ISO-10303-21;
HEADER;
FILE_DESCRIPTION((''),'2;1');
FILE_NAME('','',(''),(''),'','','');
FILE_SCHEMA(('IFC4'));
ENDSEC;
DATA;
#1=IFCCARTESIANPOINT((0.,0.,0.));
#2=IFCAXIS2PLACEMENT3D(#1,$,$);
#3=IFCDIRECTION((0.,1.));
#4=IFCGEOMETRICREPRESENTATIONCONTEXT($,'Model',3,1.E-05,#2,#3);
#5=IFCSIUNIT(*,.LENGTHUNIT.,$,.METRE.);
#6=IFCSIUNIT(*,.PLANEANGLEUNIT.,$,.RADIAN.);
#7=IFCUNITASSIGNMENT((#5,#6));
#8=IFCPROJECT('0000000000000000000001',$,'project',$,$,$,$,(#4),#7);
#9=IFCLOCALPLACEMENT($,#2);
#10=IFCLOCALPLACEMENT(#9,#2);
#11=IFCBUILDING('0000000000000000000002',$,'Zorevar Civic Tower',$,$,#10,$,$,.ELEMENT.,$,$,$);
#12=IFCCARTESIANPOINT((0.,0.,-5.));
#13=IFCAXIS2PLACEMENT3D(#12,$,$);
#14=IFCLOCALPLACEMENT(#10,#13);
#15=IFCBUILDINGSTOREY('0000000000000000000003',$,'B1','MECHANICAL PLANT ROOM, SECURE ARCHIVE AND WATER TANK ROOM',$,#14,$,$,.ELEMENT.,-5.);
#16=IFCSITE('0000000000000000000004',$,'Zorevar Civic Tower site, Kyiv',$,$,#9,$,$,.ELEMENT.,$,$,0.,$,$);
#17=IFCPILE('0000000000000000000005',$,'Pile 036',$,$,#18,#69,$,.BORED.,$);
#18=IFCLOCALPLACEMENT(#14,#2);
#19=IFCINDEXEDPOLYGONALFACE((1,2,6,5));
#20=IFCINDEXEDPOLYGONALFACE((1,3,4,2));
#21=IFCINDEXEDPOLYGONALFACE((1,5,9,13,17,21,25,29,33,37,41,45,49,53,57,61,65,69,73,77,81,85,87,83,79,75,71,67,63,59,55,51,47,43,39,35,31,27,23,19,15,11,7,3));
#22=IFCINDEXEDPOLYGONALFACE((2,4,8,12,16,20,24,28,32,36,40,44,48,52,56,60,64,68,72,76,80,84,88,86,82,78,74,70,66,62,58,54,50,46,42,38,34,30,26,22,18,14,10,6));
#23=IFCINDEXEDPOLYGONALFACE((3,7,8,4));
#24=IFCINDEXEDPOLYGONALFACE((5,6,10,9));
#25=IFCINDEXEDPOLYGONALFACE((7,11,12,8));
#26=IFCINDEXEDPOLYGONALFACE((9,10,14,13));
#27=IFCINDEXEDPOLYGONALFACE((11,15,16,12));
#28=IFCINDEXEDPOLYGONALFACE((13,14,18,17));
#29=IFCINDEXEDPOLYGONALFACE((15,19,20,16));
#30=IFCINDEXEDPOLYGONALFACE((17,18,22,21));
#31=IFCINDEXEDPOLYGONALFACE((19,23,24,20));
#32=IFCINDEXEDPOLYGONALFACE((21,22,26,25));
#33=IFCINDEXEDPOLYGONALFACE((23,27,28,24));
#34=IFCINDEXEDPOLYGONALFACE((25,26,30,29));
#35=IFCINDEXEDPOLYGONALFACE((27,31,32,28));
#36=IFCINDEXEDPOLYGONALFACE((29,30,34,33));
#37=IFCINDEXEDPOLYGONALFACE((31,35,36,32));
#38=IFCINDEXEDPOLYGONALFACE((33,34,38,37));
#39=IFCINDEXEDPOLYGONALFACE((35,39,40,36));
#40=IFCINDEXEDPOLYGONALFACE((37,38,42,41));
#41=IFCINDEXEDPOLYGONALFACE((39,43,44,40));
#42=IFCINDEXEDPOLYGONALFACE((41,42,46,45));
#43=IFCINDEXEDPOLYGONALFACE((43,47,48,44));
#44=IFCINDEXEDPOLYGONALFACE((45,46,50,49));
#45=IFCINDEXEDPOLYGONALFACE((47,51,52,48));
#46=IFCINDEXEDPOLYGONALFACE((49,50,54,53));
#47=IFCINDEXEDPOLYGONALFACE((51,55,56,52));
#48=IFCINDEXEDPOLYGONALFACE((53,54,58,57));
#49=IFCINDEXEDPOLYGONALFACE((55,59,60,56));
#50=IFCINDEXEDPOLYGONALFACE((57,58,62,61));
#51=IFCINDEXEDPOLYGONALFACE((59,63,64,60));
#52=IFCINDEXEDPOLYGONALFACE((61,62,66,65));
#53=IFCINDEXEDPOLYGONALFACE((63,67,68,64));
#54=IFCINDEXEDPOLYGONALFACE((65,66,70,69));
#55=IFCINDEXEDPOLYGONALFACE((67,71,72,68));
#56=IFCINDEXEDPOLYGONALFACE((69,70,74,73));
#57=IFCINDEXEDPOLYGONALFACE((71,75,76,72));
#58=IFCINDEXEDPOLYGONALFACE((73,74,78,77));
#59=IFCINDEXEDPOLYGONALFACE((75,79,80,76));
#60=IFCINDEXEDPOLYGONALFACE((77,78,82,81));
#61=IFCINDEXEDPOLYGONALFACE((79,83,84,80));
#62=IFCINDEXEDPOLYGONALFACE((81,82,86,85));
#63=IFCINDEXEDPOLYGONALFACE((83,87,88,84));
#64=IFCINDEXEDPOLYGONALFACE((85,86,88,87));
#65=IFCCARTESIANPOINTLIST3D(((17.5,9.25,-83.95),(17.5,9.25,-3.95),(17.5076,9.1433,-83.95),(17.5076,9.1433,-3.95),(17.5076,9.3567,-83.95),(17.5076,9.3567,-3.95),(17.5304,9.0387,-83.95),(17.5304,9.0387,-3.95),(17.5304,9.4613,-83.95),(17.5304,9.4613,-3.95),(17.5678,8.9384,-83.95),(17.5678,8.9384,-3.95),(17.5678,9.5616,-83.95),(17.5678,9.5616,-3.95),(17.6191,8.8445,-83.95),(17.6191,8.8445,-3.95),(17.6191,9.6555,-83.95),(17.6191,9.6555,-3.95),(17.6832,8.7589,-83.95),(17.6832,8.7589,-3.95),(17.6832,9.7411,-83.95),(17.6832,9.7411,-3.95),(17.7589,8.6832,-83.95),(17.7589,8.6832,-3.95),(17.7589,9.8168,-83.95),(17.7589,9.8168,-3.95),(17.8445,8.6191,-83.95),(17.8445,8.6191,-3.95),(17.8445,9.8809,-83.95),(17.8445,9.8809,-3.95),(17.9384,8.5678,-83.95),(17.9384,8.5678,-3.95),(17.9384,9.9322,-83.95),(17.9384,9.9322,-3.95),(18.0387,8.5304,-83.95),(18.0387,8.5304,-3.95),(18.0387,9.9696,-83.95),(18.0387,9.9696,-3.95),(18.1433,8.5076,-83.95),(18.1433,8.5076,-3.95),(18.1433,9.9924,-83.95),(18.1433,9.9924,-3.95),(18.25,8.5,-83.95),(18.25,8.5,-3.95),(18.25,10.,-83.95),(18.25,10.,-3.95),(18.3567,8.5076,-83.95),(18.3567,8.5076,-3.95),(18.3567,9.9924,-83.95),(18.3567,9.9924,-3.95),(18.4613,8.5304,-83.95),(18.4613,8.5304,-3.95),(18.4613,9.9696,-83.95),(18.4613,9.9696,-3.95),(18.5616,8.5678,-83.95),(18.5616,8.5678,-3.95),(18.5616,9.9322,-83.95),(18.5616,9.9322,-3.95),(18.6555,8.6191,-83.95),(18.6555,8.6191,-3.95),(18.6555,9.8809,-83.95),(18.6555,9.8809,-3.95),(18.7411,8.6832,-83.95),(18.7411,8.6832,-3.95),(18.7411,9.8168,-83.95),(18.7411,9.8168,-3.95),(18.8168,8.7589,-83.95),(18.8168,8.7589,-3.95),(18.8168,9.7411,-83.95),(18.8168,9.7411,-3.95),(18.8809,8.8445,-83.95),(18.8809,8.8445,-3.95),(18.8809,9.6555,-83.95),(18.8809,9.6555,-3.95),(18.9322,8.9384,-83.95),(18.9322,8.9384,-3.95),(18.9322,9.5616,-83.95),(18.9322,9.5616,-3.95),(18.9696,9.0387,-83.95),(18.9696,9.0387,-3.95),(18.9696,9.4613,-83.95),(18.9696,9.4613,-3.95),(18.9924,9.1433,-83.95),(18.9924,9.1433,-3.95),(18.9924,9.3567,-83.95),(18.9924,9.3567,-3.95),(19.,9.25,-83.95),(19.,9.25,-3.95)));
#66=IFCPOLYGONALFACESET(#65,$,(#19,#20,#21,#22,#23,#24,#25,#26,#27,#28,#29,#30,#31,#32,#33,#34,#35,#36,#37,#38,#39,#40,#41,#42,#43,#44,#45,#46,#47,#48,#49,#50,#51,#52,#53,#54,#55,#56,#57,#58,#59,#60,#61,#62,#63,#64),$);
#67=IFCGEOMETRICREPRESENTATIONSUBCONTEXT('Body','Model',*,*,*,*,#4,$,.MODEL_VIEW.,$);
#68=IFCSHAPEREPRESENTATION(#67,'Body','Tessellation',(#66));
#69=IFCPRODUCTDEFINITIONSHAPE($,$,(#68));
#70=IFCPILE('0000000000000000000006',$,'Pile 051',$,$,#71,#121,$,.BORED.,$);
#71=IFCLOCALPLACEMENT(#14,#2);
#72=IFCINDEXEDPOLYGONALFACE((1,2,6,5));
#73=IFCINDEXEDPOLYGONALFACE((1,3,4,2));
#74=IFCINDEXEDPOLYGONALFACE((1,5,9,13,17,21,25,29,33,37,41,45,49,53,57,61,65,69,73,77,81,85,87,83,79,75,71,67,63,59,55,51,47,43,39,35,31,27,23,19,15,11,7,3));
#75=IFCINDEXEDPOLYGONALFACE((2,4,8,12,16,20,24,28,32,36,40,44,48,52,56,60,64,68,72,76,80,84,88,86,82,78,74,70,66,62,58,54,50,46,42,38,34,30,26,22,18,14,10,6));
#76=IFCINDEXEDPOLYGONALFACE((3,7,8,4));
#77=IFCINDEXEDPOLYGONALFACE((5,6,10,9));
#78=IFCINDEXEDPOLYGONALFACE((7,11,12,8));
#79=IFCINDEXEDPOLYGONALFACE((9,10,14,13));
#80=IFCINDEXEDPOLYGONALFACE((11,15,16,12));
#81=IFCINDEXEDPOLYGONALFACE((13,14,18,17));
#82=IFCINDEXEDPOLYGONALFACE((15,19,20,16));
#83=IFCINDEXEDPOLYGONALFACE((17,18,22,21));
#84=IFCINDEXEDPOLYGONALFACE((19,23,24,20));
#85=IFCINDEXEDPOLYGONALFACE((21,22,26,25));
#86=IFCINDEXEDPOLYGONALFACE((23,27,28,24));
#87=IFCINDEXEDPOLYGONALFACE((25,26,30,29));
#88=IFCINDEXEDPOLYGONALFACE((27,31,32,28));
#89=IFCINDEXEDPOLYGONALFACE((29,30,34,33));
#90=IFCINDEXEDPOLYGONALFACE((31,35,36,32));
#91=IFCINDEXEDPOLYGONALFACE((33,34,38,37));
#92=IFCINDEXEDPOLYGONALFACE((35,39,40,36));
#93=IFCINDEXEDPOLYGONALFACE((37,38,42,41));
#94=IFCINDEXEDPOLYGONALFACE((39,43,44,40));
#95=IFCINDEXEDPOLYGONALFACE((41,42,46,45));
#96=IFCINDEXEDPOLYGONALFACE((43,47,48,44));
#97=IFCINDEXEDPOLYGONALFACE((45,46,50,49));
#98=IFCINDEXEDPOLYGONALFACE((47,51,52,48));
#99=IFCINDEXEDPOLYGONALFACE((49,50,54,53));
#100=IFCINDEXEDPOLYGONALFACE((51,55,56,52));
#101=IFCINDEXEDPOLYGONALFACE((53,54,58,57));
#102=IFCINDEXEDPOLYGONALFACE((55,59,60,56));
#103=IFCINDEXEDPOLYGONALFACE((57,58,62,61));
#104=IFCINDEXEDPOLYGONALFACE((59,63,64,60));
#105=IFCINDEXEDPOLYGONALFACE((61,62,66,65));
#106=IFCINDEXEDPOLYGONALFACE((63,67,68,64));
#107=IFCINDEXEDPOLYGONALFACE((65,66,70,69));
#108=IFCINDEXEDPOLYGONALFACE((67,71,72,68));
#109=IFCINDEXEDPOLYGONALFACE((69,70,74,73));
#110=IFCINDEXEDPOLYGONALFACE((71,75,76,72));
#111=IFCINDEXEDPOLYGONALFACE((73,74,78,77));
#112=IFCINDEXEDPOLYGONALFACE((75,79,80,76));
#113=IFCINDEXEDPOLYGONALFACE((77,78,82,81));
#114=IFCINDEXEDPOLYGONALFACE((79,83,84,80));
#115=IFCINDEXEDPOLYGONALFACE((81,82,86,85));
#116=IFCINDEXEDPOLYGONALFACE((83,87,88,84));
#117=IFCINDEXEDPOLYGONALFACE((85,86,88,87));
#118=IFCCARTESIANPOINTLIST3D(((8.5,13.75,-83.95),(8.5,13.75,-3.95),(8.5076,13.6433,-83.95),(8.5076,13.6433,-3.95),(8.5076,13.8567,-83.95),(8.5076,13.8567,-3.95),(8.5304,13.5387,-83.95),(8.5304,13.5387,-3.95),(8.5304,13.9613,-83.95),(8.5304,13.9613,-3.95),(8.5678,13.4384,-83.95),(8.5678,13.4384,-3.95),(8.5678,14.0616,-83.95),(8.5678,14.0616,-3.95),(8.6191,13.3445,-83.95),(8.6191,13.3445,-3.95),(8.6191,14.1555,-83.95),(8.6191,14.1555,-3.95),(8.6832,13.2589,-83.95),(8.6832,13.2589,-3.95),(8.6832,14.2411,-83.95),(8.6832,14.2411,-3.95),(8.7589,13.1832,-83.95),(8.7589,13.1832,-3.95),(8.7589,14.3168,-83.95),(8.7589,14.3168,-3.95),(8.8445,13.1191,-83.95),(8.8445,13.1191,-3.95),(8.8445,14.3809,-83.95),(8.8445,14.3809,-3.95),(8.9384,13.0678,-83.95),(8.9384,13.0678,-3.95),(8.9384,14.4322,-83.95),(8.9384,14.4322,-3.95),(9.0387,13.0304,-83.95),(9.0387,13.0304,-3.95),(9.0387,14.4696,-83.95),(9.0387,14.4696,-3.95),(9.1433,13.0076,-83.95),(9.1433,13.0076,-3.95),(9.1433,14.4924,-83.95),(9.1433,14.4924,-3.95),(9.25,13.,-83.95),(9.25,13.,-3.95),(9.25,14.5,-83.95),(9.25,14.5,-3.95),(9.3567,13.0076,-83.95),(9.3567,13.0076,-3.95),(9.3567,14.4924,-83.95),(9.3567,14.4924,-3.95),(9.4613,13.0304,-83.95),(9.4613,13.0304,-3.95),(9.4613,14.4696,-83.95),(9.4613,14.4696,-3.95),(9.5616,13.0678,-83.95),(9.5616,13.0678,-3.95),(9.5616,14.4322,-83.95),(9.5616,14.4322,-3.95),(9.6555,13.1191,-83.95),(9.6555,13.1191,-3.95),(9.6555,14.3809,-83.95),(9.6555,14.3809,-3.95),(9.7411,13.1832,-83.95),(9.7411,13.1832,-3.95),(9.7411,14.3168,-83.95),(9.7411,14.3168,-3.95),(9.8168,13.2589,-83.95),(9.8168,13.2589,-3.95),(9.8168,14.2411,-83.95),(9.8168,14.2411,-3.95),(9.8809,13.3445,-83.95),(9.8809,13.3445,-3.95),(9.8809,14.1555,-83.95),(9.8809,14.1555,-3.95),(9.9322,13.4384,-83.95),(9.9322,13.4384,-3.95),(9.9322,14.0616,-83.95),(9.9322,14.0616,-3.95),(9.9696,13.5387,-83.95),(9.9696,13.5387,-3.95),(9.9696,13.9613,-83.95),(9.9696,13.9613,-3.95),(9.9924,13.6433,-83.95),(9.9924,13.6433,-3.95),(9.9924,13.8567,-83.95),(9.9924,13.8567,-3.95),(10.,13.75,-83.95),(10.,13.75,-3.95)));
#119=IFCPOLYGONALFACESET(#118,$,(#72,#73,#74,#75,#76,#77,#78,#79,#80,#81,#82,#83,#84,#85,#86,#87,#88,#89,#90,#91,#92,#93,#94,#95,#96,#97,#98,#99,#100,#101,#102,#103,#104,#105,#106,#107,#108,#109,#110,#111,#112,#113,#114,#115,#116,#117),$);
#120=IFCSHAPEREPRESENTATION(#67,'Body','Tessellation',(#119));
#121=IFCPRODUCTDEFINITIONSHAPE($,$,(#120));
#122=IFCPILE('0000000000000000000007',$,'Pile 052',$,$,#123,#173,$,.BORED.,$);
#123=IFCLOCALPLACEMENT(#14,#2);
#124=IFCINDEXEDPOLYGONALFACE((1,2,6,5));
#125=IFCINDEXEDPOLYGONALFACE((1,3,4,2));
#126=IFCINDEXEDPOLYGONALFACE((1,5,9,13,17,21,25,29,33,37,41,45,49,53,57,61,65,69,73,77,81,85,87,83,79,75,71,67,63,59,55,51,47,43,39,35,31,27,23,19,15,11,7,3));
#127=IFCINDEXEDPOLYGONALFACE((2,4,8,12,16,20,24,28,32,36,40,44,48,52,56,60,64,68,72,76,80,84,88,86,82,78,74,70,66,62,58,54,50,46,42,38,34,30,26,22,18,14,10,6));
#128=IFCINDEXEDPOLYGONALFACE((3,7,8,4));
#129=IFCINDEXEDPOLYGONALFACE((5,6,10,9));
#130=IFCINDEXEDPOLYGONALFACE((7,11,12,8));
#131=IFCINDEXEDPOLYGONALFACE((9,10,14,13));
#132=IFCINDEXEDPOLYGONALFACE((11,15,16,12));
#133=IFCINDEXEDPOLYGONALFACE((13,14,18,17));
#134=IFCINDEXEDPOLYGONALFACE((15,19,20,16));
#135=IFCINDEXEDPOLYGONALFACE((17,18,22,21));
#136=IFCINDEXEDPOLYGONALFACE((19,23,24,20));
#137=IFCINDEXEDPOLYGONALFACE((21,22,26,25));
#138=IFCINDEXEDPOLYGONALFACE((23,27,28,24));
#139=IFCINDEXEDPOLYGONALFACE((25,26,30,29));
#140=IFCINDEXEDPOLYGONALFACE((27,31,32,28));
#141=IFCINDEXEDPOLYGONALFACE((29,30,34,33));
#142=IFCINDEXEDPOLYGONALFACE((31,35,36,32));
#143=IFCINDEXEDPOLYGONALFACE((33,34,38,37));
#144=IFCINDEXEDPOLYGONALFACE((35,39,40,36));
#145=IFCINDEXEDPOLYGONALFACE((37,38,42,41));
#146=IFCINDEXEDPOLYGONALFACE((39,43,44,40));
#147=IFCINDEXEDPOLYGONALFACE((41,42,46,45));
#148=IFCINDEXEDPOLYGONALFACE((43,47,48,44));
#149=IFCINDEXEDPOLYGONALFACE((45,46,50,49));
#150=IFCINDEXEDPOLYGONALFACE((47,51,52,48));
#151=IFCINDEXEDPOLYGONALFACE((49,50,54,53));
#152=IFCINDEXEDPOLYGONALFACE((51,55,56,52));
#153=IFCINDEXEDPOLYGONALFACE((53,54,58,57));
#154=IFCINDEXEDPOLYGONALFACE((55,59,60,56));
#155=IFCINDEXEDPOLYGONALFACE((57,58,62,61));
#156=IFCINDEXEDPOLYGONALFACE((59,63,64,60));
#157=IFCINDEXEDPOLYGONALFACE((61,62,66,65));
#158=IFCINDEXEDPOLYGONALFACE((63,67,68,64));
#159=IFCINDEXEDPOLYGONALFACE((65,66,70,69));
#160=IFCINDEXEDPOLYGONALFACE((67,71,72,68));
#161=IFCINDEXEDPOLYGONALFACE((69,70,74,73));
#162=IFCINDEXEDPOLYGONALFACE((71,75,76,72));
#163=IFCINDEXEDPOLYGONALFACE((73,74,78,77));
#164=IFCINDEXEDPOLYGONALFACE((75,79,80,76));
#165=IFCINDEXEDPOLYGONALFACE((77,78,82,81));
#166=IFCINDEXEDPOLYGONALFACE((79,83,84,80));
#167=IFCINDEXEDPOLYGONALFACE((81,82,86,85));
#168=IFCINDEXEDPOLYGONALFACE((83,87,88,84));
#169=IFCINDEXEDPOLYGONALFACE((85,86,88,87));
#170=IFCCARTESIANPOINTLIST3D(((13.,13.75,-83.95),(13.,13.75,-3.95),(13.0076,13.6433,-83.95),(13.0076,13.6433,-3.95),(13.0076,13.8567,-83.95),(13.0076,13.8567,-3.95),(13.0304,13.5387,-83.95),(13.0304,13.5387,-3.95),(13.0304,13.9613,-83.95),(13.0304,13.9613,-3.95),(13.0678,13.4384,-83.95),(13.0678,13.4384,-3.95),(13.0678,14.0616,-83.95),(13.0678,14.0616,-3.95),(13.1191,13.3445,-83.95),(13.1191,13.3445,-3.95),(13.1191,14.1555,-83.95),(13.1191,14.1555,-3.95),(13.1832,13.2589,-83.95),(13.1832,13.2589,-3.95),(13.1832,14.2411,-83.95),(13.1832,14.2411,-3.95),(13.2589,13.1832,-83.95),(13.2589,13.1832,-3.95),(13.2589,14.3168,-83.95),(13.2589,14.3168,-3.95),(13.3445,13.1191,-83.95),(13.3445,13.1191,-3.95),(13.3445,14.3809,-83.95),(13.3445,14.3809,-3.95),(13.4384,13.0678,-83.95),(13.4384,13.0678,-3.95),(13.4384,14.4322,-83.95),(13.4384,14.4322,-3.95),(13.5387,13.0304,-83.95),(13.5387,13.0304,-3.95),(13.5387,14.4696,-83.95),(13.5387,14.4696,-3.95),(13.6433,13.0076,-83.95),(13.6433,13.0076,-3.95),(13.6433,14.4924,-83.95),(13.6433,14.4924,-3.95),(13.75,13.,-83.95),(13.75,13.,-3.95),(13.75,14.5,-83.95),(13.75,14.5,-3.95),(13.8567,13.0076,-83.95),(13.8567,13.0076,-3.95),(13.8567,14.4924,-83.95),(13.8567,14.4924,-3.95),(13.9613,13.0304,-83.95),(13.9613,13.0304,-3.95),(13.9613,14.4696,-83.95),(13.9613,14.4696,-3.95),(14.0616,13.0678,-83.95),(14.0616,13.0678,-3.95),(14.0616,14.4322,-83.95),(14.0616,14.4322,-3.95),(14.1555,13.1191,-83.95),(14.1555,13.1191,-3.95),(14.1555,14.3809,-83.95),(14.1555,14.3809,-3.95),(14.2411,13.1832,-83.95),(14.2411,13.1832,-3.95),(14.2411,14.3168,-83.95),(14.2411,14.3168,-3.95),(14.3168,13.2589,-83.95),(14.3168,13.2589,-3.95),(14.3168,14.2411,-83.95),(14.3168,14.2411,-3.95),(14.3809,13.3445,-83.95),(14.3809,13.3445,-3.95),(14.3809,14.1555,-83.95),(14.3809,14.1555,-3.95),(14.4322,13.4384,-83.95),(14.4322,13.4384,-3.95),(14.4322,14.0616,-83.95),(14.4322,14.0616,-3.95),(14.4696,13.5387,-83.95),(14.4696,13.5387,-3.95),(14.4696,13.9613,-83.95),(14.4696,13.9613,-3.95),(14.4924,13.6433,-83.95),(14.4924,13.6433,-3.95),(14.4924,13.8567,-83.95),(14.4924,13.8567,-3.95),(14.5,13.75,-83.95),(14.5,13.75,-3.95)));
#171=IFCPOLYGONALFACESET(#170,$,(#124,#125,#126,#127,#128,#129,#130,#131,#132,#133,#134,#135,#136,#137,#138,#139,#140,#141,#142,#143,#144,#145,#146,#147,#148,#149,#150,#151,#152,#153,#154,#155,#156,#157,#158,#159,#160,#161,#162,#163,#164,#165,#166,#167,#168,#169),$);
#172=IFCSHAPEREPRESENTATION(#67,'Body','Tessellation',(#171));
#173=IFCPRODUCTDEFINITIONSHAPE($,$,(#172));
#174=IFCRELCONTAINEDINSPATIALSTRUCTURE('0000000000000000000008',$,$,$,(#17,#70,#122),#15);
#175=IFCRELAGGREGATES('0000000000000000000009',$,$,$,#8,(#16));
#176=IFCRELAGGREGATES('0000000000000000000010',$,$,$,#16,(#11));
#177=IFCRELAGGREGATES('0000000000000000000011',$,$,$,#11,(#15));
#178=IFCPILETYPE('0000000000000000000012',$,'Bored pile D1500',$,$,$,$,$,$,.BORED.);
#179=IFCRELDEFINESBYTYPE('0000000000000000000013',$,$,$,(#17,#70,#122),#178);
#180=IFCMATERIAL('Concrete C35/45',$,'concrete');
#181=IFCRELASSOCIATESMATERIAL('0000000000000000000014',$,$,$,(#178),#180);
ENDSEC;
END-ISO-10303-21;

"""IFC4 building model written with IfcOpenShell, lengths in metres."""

from ifc_helpers import new_model, si_unit, direction, frame, origin, origin_2d, place, context, subcontext, project, spatial, circle, extrude, material, type_object, element, save


model = new_model("IFC4")

# Units and contexts
model_context = context("Model", 3, precision=1e-05, world=origin(), true_north=direction((0.0, 1.0)))
body_context = subcontext(model_context, "Body", "Model", "MODEL_VIEW")
ifc_project = project(units=[si_unit("LENGTHUNIT", "METRE"), si_unit("PLANEANGLEUNIT", "RADIAN")], contexts=[model_context])

# Site, building, storey
site_placement = place(None, origin())
site = spatial("IfcSite", under=ifc_project, at=site_placement, Name="Zorevar Civic Tower site, Kyiv", CompositionType="ELEMENT", RefElevation=0.0)
building_placement = place(site_placement, origin())
building = spatial("IfcBuilding", under=site, at=building_placement, Name="Zorevar Civic Tower", CompositionType="ELEMENT")
storey_placement = place(building_placement, frame((0.0, 0.0, -5.0)))
storey = spatial("IfcBuildingStorey", under=building, at=storey_placement, Name="B1", Description="MECHANICAL PLANT ROOM, SECURE ARCHIVE AND WATER TANK ROOM", CompositionType="ELEMENT", Elevation=-5.0)

# Piles
ifc_material_1 = material(Name="Concrete C35/45", Category="concrete")
pile_type = type_object("IfcPileType", Name="Bored pile D1500", PredefinedType="BORED", material=ifc_material_1)
for number, where, z_axis, x_axis, name in (
    (1, (18.25, 9.25, -3.95), (0.0, 0.0, -1.0), (1.0, 0.0, 0.0), "Pile 036"),
    (2, (9.25, 13.75, -3.95), (0.0, 0.0, -1.0), (1.0, 0.0, 0.0), "Pile 051"),
    (3, (13.75, 13.75, -3.95), (0.0, 0.0, -1.0), (1.0, 0.0, 0.0), "Pile 052"),
):
    element("IfcPile", number, at=place(storey_placement, frame(where, z_axis=z_axis, x_axis=x_axis)), inside=storey, type_object=pile_type, Name=name, PredefinedType="BORED", context=body_context, shape_type="SweptSolid", body=[
        extrude(circle(Radius=0.75, at=origin_2d()), origin(), (0.0, 0.0, 1.0), 80.0),
    ])

save(model, "model.ifc")
